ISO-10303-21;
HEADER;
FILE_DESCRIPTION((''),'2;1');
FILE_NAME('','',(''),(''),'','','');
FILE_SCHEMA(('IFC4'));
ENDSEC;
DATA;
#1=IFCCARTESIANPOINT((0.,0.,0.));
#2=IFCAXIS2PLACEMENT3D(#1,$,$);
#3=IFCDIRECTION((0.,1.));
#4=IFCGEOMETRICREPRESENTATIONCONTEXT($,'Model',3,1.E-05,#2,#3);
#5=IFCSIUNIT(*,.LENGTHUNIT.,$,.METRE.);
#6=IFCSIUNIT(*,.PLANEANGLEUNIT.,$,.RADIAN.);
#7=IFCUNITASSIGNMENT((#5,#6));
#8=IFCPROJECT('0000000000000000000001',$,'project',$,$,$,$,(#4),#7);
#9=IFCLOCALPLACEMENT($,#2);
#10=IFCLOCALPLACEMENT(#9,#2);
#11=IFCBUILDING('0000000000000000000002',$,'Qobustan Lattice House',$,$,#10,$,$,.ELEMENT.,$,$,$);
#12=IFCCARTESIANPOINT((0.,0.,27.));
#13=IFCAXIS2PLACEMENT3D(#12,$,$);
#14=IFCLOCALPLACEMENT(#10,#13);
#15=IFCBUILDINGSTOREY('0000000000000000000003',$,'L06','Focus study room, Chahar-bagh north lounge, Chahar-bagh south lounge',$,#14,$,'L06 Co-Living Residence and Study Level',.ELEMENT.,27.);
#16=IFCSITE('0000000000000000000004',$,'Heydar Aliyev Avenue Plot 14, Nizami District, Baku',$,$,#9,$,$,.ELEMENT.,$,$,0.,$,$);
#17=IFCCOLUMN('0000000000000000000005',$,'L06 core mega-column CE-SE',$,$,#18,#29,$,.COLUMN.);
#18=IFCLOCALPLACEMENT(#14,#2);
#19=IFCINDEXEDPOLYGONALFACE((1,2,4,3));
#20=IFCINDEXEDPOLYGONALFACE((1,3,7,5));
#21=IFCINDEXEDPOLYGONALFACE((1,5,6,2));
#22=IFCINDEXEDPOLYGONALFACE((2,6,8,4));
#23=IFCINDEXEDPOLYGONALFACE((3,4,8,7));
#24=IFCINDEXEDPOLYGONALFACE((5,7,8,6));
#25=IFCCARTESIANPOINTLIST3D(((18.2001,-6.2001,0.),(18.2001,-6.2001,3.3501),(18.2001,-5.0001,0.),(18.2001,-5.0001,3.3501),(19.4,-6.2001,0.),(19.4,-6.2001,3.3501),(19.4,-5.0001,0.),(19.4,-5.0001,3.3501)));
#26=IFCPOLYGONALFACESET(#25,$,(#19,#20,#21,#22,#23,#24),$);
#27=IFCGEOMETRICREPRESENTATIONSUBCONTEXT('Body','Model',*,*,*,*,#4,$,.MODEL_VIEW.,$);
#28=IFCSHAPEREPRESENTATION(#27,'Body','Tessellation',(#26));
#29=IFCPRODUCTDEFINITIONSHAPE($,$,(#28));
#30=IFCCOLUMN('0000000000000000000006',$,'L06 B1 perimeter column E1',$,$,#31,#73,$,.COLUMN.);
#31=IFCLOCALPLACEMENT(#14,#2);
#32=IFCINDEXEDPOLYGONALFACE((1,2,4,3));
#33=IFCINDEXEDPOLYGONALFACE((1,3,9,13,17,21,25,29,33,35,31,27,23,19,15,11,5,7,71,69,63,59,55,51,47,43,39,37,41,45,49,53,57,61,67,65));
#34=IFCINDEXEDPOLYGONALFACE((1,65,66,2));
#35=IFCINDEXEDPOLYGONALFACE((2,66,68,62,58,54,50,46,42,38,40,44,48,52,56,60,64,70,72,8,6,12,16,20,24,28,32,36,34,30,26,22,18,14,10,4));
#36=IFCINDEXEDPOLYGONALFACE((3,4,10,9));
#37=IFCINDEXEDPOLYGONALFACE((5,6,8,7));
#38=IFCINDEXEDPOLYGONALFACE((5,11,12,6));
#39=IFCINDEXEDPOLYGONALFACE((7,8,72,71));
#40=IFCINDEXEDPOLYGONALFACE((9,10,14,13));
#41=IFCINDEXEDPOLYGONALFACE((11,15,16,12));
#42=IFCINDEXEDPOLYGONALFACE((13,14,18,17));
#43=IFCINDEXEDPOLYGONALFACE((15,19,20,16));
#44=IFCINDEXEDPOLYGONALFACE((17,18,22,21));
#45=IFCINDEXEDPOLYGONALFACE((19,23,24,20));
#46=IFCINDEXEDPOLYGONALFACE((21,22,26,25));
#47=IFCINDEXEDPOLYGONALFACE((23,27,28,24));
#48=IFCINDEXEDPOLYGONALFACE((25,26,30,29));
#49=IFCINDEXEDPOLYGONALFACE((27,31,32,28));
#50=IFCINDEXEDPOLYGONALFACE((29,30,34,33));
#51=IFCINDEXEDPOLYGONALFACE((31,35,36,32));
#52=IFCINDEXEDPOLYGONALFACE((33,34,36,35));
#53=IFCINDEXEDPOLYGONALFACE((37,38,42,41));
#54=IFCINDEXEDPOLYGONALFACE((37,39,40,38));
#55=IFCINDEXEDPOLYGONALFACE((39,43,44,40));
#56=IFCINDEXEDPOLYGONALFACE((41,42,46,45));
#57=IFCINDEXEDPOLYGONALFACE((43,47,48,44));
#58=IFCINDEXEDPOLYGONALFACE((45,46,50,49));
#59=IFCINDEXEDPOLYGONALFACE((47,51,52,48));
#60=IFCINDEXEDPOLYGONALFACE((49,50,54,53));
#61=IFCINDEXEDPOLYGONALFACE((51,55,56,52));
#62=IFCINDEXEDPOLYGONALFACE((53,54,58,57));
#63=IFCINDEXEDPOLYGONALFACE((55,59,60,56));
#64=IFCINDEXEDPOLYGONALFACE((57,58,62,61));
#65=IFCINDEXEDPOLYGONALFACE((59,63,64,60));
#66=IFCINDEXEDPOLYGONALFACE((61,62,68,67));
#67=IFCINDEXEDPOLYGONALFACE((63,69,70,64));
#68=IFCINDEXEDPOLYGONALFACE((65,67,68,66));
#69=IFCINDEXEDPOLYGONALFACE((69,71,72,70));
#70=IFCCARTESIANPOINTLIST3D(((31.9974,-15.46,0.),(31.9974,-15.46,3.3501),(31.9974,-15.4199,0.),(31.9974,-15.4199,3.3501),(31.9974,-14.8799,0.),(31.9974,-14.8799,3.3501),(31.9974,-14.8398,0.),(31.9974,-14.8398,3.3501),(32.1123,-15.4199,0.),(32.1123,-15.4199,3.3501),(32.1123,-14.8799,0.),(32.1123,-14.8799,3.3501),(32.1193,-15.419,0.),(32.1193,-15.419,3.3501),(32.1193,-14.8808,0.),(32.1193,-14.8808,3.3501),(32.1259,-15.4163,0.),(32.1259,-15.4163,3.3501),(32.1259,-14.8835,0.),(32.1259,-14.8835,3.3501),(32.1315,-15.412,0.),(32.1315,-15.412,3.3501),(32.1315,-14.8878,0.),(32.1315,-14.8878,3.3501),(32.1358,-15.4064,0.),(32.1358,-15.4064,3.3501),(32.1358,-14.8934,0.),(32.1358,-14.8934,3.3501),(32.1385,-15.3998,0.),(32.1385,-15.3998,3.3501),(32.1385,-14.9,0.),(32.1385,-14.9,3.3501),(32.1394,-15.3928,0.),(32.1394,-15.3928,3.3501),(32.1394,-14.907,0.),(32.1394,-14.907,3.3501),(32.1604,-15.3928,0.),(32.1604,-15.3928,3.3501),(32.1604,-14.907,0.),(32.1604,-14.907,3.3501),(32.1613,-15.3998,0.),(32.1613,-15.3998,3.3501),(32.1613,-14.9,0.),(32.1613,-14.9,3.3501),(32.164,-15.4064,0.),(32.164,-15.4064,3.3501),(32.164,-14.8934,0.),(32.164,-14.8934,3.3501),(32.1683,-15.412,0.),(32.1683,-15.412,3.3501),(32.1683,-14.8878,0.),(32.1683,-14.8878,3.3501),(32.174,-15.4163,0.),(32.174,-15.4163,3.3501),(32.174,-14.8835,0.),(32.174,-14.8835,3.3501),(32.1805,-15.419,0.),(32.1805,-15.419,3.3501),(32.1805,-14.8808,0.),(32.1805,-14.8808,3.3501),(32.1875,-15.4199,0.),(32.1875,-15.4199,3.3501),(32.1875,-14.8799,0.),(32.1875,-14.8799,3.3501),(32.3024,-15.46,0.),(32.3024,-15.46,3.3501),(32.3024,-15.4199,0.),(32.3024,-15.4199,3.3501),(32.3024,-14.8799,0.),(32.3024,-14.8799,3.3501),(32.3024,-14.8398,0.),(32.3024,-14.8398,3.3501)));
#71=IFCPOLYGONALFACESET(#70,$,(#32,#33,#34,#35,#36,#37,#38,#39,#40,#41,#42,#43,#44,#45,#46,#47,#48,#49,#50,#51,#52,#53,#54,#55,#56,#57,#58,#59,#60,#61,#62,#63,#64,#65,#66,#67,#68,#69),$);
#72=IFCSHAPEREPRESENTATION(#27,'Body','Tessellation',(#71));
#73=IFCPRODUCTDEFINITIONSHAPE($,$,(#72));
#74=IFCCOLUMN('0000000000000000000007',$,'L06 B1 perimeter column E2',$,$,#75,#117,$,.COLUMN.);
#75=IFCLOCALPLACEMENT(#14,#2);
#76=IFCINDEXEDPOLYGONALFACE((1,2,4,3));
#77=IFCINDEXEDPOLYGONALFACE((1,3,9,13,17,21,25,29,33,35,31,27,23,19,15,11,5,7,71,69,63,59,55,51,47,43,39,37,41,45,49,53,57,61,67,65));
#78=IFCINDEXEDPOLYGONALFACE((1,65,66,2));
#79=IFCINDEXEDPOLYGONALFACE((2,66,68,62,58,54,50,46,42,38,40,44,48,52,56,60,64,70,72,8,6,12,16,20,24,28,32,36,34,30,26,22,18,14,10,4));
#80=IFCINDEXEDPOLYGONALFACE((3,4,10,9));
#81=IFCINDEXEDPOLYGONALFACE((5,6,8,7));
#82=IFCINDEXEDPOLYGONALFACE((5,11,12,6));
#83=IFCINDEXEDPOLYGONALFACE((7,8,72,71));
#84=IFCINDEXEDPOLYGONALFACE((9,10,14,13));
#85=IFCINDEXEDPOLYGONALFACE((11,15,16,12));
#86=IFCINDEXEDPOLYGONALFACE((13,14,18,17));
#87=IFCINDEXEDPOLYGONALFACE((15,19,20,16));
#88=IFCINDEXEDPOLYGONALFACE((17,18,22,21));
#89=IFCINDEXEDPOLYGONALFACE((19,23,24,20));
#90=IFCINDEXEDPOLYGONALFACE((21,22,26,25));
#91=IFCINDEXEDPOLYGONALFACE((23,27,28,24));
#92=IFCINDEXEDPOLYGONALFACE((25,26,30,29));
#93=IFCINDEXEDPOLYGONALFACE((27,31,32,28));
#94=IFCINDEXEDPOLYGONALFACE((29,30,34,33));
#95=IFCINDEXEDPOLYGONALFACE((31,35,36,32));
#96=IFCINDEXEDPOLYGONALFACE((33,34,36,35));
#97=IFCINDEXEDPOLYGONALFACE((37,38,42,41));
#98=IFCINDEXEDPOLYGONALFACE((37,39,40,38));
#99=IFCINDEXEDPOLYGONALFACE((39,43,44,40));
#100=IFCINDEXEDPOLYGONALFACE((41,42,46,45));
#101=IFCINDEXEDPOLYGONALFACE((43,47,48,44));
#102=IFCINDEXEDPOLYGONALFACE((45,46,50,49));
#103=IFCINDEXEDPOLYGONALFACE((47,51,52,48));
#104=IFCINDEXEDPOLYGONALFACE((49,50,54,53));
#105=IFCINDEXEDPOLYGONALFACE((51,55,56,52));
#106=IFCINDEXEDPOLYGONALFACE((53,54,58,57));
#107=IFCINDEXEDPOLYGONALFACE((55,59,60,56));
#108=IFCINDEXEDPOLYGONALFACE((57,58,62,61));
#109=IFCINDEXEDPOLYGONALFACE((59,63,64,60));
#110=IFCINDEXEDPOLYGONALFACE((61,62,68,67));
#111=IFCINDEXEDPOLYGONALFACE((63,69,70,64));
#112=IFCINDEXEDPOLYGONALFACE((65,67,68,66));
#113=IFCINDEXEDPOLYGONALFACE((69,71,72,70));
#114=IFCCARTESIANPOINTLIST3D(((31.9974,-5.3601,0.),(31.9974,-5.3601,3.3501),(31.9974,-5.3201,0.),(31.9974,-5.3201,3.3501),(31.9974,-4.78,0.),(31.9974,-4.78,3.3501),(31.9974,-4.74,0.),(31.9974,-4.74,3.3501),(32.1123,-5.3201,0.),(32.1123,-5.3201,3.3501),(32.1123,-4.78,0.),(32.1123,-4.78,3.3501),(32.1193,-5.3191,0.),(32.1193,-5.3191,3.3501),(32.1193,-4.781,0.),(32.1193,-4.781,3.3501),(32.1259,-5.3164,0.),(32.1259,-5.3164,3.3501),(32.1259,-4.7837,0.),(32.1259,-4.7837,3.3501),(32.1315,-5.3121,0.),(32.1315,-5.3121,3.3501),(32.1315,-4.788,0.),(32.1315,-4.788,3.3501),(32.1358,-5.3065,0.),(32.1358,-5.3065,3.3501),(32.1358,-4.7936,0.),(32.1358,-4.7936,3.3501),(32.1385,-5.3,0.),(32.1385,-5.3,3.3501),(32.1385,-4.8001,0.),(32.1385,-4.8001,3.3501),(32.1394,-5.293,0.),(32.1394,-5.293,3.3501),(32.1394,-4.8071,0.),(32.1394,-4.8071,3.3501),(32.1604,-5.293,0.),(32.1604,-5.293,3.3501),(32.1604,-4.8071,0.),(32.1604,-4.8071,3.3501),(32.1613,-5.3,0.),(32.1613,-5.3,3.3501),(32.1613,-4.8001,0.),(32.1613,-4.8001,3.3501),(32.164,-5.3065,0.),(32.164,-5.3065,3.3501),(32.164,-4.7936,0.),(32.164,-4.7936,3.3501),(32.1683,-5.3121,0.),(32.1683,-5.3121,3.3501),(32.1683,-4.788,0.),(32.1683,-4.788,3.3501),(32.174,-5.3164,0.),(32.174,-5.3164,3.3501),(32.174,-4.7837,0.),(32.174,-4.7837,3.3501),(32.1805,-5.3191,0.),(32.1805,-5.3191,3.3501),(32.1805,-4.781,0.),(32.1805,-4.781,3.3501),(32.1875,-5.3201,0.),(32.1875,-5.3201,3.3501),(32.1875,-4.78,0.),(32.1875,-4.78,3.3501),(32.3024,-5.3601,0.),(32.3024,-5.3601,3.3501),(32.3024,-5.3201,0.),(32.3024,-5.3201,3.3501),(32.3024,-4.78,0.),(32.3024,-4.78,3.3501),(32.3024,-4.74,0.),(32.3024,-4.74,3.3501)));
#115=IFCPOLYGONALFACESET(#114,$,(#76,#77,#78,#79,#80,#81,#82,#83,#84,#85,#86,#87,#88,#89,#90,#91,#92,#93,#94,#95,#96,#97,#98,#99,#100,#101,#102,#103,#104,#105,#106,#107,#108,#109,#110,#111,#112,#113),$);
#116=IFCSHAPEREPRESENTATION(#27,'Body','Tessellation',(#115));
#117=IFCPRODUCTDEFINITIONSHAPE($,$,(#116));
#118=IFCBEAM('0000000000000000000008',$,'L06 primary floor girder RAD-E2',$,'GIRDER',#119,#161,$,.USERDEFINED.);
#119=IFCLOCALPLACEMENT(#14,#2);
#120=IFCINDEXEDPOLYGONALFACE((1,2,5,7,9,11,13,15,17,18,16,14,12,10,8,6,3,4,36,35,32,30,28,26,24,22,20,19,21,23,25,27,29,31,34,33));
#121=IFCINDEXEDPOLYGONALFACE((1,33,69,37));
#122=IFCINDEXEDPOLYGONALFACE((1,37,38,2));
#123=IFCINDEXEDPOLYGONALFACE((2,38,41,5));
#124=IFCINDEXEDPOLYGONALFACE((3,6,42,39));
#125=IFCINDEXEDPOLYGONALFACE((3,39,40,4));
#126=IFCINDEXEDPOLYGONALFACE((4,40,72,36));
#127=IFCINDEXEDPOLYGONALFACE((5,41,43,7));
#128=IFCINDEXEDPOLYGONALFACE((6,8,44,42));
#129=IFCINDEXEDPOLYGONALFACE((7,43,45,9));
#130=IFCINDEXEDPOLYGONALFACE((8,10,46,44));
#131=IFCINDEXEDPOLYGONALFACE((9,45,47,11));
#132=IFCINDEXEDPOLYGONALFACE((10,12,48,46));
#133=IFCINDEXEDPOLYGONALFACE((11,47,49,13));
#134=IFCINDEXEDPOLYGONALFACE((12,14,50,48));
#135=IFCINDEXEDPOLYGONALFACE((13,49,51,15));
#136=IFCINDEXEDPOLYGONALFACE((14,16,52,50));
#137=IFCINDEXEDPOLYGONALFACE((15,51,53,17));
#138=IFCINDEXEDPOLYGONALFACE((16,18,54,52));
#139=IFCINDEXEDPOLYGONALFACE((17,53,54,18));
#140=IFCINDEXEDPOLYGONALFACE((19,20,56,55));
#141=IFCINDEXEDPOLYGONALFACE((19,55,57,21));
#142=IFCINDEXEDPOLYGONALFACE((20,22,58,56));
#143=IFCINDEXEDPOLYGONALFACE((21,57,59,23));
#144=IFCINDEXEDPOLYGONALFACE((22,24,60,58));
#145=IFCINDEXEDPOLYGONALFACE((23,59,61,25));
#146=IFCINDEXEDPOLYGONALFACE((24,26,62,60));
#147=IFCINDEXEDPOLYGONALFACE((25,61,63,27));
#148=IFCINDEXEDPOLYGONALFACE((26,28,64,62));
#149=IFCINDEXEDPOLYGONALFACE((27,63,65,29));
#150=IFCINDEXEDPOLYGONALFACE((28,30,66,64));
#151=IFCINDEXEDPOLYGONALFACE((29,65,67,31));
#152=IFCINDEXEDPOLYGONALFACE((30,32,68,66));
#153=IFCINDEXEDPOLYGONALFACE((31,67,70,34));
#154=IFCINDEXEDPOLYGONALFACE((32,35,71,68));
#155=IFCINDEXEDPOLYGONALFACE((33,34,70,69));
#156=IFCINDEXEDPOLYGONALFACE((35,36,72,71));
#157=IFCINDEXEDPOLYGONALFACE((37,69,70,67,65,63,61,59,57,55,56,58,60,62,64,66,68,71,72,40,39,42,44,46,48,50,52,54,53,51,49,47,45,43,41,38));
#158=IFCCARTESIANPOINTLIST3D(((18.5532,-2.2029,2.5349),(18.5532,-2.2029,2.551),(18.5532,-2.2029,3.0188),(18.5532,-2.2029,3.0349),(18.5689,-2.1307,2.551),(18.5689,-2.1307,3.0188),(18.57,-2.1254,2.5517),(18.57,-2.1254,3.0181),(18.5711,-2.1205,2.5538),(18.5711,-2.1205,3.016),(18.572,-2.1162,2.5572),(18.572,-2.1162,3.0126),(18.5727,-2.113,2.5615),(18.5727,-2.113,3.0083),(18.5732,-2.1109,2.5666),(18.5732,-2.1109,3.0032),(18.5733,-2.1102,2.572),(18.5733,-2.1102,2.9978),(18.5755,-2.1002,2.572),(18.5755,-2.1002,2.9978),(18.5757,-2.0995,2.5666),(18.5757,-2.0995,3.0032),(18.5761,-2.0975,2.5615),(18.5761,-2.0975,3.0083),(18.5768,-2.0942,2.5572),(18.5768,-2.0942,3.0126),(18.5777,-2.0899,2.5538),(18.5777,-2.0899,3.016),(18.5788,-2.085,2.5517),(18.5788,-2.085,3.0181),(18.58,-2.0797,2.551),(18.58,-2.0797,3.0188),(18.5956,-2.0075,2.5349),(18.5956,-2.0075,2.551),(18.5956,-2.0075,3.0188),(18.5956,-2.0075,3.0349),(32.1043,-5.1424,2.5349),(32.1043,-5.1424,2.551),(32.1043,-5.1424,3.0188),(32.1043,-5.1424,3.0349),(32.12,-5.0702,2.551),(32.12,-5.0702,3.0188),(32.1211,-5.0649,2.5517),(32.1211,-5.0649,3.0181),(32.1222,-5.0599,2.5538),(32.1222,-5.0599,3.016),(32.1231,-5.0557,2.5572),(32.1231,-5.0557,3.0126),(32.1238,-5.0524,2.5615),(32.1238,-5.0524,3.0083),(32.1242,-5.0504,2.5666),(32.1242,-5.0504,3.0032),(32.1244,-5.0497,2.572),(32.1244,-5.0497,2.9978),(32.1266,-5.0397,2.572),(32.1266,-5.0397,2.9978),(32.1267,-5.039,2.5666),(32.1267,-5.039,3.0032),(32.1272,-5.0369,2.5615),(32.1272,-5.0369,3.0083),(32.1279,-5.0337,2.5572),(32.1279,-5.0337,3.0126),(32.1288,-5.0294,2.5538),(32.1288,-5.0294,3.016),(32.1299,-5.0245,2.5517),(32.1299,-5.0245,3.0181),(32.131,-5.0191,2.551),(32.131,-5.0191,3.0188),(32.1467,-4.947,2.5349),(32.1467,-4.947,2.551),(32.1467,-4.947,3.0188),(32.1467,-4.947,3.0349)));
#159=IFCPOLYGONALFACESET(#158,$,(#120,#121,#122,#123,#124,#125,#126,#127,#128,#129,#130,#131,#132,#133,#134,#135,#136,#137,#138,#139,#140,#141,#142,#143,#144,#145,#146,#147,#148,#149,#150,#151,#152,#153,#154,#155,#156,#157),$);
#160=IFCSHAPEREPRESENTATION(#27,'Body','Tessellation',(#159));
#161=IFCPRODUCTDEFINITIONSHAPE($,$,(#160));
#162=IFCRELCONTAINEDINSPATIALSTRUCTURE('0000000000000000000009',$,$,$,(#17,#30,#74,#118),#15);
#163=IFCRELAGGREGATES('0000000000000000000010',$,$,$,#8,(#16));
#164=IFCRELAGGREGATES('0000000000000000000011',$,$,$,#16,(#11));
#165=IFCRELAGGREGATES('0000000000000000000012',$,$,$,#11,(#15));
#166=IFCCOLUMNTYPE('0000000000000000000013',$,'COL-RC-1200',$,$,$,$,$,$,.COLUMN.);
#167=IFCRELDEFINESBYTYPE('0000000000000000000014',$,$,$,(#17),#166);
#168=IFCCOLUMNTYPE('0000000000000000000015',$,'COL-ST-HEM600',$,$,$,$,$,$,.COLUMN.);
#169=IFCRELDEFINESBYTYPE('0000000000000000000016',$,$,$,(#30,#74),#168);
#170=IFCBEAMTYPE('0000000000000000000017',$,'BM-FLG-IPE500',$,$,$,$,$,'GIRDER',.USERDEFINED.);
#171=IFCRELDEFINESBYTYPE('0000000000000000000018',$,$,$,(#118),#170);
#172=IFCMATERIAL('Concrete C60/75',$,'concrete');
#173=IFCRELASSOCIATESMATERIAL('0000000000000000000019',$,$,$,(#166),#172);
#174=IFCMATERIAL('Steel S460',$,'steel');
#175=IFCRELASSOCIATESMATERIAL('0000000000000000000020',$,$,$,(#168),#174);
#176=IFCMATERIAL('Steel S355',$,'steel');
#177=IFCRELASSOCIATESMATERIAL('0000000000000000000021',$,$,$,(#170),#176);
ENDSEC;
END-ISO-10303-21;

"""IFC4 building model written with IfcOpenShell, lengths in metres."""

from ifc_helpers import new_model, si_unit, direction, frame, origin, origin_2d, place, context, subcontext, project, spatial, rectangle, i_section, extrude, material, material_profile, profile_set, type_object, element, save


model = new_model("IFC4")

# Units and contexts
model_context = context("Model", 3, precision=1e-05, world=origin(), true_north=direction((0.0, 1.0)))
body_context = subcontext(model_context, "Body", "Model", "MODEL_VIEW")
ifc_project = project(units=[si_unit("LENGTHUNIT", "METRE"), si_unit("PLANEANGLEUNIT", "RADIAN")], contexts=[model_context])

# Site, building, storey
site_placement = place(None, origin())
site = spatial("IfcSite", under=ifc_project, at=site_placement, Name="Heydar Aliyev Avenue Plot 14, Nizami District, Baku", CompositionType="ELEMENT", RefElevation=0.0)
building_placement = place(site_placement, origin())
building = spatial("IfcBuilding", under=site, at=building_placement, Name="Qobustan Lattice House", CompositionType="ELEMENT")
storey_placement = place(building_placement, frame((0.0, 0.0, 27.0)))
storey = spatial("IfcBuildingStorey", under=building, at=storey_placement, Name="L06", Description="Focus study room, Chahar-bagh north lounge, Chahar-bagh south lounge", LongName="L06 Co-Living Residence and Study Level", CompositionType="ELEMENT", Elevation=27.0)

# Columns
ifc_material_1 = material(Name="Concrete C60/75", Category="concrete")
ifc_material_profile_1 = material_profile(ifc_material_1, rectangle(XDim=1.2, YDim=1.2, at=origin_2d()), Name="RC1200x1200")
ifc_profile_set_1 = profile_set([ifc_material_profile_1], Name="Concrete C60/75")
column_type_1 = type_object("IfcColumnType", Name="COL-RC-1200", PredefinedType="COLUMN", material=ifc_profile_set_1)
column_placement = place(storey_placement, frame((18.8, -5.6001, 0.0), z_axis=(0.0, 0.0, 1.0), x_axis=(1.0, 0.0, 0.0)))
element("IfcColumn", 1, at=column_placement, inside=storey, type_object=column_type_1, Name="L06 core mega-column CE-SE", PredefinedType="COLUMN", context=body_context, shape_type="SweptSolid", body=[
    extrude(rectangle(XDim=1.2, YDim=1.2, at=origin_2d()), origin(), (0.0, 0.0, 1.0), 3.3501),
])
ifc_material_2 = material(Name="Steel S460", Category="steel")
ifc_material_profile_2 = material_profile(ifc_material_2, i_section(OverallWidth=0.3049, OverallDepth=0.6201, WebThickness=0.021, FlangeThickness=0.04, FilletRadius=0.0271, at=origin_2d()), Name="HEM600")
ifc_profile_set_2 = profile_set([ifc_material_profile_2], Name="Steel S460")
column_type_2 = type_object("IfcColumnType", Name="COL-ST-HEM600", PredefinedType="COLUMN", material=ifc_profile_set_2)
for number, where, z_axis, x_axis, name in (
    (2, (32.1499, -15.1499, 0.0), (0.0, 0.0, 1.0), (1.0, 0.0, 0.0), "L06 B1 perimeter column E1"),
    (3, (32.1499, -5.05, 0.0), (0.0, 0.0, 1.0), (1.0, 0.0, 0.0), "L06 B1 perimeter column E2"),
):
    element("IfcColumn", number, at=place(storey_placement, frame(where, z_axis=z_axis, x_axis=x_axis)), inside=storey, type_object=column_type_2, Name=name, PredefinedType="COLUMN", context=body_context, shape_type="SweptSolid", body=[
        extrude(i_section(OverallWidth=0.3049, OverallDepth=0.6201, WebThickness=0.021, FlangeThickness=0.04, FilletRadius=0.0271, at=origin_2d()), origin(), (0.0, 0.0, 1.0), 3.3501),
    ])

# Beam
ifc_material_3 = material(Name="Steel S355", Category="steel")
ifc_material_profile_3 = material_profile(ifc_material_3, i_section(OverallWidth=0.2, OverallDepth=0.5, WebThickness=0.0103, FlangeThickness=0.0161, FilletRadius=0.021, at=origin_2d()), Name="IPE500")
ifc_profile_set_3 = profile_set([ifc_material_profile_3], Name="Steel S355")
beam_type_1 = type_object("IfcBeamType", Name="BM-FLG-IPE500", ElementType="GIRDER", PredefinedType="USERDEFINED", material=ifc_profile_set_3)
beam_1_placement = place(storey_placement, frame((32.1255, -5.0447, 2.7849), z_axis=(-0.977272, 0.211987, 0.0), x_axis=(-0.211987, -0.977272, 0.0)))
element("IfcBeam", 4, at=beam_1_placement, inside=storey, type_object=beam_type_1, Name="L06 primary floor girder RAD-E2", ObjectType="GIRDER", PredefinedType="USERDEFINED", context=body_context, shape_type="SweptSolid", body=[
    extrude(i_section(OverallWidth=0.2, OverallDepth=0.5, WebThickness=0.0103, FlangeThickness=0.0161, FilletRadius=0.021, at=origin_2d()), origin(), (0.0, 0.0, 1.0), 13.8662),
])

save(model, "model.ifc")
